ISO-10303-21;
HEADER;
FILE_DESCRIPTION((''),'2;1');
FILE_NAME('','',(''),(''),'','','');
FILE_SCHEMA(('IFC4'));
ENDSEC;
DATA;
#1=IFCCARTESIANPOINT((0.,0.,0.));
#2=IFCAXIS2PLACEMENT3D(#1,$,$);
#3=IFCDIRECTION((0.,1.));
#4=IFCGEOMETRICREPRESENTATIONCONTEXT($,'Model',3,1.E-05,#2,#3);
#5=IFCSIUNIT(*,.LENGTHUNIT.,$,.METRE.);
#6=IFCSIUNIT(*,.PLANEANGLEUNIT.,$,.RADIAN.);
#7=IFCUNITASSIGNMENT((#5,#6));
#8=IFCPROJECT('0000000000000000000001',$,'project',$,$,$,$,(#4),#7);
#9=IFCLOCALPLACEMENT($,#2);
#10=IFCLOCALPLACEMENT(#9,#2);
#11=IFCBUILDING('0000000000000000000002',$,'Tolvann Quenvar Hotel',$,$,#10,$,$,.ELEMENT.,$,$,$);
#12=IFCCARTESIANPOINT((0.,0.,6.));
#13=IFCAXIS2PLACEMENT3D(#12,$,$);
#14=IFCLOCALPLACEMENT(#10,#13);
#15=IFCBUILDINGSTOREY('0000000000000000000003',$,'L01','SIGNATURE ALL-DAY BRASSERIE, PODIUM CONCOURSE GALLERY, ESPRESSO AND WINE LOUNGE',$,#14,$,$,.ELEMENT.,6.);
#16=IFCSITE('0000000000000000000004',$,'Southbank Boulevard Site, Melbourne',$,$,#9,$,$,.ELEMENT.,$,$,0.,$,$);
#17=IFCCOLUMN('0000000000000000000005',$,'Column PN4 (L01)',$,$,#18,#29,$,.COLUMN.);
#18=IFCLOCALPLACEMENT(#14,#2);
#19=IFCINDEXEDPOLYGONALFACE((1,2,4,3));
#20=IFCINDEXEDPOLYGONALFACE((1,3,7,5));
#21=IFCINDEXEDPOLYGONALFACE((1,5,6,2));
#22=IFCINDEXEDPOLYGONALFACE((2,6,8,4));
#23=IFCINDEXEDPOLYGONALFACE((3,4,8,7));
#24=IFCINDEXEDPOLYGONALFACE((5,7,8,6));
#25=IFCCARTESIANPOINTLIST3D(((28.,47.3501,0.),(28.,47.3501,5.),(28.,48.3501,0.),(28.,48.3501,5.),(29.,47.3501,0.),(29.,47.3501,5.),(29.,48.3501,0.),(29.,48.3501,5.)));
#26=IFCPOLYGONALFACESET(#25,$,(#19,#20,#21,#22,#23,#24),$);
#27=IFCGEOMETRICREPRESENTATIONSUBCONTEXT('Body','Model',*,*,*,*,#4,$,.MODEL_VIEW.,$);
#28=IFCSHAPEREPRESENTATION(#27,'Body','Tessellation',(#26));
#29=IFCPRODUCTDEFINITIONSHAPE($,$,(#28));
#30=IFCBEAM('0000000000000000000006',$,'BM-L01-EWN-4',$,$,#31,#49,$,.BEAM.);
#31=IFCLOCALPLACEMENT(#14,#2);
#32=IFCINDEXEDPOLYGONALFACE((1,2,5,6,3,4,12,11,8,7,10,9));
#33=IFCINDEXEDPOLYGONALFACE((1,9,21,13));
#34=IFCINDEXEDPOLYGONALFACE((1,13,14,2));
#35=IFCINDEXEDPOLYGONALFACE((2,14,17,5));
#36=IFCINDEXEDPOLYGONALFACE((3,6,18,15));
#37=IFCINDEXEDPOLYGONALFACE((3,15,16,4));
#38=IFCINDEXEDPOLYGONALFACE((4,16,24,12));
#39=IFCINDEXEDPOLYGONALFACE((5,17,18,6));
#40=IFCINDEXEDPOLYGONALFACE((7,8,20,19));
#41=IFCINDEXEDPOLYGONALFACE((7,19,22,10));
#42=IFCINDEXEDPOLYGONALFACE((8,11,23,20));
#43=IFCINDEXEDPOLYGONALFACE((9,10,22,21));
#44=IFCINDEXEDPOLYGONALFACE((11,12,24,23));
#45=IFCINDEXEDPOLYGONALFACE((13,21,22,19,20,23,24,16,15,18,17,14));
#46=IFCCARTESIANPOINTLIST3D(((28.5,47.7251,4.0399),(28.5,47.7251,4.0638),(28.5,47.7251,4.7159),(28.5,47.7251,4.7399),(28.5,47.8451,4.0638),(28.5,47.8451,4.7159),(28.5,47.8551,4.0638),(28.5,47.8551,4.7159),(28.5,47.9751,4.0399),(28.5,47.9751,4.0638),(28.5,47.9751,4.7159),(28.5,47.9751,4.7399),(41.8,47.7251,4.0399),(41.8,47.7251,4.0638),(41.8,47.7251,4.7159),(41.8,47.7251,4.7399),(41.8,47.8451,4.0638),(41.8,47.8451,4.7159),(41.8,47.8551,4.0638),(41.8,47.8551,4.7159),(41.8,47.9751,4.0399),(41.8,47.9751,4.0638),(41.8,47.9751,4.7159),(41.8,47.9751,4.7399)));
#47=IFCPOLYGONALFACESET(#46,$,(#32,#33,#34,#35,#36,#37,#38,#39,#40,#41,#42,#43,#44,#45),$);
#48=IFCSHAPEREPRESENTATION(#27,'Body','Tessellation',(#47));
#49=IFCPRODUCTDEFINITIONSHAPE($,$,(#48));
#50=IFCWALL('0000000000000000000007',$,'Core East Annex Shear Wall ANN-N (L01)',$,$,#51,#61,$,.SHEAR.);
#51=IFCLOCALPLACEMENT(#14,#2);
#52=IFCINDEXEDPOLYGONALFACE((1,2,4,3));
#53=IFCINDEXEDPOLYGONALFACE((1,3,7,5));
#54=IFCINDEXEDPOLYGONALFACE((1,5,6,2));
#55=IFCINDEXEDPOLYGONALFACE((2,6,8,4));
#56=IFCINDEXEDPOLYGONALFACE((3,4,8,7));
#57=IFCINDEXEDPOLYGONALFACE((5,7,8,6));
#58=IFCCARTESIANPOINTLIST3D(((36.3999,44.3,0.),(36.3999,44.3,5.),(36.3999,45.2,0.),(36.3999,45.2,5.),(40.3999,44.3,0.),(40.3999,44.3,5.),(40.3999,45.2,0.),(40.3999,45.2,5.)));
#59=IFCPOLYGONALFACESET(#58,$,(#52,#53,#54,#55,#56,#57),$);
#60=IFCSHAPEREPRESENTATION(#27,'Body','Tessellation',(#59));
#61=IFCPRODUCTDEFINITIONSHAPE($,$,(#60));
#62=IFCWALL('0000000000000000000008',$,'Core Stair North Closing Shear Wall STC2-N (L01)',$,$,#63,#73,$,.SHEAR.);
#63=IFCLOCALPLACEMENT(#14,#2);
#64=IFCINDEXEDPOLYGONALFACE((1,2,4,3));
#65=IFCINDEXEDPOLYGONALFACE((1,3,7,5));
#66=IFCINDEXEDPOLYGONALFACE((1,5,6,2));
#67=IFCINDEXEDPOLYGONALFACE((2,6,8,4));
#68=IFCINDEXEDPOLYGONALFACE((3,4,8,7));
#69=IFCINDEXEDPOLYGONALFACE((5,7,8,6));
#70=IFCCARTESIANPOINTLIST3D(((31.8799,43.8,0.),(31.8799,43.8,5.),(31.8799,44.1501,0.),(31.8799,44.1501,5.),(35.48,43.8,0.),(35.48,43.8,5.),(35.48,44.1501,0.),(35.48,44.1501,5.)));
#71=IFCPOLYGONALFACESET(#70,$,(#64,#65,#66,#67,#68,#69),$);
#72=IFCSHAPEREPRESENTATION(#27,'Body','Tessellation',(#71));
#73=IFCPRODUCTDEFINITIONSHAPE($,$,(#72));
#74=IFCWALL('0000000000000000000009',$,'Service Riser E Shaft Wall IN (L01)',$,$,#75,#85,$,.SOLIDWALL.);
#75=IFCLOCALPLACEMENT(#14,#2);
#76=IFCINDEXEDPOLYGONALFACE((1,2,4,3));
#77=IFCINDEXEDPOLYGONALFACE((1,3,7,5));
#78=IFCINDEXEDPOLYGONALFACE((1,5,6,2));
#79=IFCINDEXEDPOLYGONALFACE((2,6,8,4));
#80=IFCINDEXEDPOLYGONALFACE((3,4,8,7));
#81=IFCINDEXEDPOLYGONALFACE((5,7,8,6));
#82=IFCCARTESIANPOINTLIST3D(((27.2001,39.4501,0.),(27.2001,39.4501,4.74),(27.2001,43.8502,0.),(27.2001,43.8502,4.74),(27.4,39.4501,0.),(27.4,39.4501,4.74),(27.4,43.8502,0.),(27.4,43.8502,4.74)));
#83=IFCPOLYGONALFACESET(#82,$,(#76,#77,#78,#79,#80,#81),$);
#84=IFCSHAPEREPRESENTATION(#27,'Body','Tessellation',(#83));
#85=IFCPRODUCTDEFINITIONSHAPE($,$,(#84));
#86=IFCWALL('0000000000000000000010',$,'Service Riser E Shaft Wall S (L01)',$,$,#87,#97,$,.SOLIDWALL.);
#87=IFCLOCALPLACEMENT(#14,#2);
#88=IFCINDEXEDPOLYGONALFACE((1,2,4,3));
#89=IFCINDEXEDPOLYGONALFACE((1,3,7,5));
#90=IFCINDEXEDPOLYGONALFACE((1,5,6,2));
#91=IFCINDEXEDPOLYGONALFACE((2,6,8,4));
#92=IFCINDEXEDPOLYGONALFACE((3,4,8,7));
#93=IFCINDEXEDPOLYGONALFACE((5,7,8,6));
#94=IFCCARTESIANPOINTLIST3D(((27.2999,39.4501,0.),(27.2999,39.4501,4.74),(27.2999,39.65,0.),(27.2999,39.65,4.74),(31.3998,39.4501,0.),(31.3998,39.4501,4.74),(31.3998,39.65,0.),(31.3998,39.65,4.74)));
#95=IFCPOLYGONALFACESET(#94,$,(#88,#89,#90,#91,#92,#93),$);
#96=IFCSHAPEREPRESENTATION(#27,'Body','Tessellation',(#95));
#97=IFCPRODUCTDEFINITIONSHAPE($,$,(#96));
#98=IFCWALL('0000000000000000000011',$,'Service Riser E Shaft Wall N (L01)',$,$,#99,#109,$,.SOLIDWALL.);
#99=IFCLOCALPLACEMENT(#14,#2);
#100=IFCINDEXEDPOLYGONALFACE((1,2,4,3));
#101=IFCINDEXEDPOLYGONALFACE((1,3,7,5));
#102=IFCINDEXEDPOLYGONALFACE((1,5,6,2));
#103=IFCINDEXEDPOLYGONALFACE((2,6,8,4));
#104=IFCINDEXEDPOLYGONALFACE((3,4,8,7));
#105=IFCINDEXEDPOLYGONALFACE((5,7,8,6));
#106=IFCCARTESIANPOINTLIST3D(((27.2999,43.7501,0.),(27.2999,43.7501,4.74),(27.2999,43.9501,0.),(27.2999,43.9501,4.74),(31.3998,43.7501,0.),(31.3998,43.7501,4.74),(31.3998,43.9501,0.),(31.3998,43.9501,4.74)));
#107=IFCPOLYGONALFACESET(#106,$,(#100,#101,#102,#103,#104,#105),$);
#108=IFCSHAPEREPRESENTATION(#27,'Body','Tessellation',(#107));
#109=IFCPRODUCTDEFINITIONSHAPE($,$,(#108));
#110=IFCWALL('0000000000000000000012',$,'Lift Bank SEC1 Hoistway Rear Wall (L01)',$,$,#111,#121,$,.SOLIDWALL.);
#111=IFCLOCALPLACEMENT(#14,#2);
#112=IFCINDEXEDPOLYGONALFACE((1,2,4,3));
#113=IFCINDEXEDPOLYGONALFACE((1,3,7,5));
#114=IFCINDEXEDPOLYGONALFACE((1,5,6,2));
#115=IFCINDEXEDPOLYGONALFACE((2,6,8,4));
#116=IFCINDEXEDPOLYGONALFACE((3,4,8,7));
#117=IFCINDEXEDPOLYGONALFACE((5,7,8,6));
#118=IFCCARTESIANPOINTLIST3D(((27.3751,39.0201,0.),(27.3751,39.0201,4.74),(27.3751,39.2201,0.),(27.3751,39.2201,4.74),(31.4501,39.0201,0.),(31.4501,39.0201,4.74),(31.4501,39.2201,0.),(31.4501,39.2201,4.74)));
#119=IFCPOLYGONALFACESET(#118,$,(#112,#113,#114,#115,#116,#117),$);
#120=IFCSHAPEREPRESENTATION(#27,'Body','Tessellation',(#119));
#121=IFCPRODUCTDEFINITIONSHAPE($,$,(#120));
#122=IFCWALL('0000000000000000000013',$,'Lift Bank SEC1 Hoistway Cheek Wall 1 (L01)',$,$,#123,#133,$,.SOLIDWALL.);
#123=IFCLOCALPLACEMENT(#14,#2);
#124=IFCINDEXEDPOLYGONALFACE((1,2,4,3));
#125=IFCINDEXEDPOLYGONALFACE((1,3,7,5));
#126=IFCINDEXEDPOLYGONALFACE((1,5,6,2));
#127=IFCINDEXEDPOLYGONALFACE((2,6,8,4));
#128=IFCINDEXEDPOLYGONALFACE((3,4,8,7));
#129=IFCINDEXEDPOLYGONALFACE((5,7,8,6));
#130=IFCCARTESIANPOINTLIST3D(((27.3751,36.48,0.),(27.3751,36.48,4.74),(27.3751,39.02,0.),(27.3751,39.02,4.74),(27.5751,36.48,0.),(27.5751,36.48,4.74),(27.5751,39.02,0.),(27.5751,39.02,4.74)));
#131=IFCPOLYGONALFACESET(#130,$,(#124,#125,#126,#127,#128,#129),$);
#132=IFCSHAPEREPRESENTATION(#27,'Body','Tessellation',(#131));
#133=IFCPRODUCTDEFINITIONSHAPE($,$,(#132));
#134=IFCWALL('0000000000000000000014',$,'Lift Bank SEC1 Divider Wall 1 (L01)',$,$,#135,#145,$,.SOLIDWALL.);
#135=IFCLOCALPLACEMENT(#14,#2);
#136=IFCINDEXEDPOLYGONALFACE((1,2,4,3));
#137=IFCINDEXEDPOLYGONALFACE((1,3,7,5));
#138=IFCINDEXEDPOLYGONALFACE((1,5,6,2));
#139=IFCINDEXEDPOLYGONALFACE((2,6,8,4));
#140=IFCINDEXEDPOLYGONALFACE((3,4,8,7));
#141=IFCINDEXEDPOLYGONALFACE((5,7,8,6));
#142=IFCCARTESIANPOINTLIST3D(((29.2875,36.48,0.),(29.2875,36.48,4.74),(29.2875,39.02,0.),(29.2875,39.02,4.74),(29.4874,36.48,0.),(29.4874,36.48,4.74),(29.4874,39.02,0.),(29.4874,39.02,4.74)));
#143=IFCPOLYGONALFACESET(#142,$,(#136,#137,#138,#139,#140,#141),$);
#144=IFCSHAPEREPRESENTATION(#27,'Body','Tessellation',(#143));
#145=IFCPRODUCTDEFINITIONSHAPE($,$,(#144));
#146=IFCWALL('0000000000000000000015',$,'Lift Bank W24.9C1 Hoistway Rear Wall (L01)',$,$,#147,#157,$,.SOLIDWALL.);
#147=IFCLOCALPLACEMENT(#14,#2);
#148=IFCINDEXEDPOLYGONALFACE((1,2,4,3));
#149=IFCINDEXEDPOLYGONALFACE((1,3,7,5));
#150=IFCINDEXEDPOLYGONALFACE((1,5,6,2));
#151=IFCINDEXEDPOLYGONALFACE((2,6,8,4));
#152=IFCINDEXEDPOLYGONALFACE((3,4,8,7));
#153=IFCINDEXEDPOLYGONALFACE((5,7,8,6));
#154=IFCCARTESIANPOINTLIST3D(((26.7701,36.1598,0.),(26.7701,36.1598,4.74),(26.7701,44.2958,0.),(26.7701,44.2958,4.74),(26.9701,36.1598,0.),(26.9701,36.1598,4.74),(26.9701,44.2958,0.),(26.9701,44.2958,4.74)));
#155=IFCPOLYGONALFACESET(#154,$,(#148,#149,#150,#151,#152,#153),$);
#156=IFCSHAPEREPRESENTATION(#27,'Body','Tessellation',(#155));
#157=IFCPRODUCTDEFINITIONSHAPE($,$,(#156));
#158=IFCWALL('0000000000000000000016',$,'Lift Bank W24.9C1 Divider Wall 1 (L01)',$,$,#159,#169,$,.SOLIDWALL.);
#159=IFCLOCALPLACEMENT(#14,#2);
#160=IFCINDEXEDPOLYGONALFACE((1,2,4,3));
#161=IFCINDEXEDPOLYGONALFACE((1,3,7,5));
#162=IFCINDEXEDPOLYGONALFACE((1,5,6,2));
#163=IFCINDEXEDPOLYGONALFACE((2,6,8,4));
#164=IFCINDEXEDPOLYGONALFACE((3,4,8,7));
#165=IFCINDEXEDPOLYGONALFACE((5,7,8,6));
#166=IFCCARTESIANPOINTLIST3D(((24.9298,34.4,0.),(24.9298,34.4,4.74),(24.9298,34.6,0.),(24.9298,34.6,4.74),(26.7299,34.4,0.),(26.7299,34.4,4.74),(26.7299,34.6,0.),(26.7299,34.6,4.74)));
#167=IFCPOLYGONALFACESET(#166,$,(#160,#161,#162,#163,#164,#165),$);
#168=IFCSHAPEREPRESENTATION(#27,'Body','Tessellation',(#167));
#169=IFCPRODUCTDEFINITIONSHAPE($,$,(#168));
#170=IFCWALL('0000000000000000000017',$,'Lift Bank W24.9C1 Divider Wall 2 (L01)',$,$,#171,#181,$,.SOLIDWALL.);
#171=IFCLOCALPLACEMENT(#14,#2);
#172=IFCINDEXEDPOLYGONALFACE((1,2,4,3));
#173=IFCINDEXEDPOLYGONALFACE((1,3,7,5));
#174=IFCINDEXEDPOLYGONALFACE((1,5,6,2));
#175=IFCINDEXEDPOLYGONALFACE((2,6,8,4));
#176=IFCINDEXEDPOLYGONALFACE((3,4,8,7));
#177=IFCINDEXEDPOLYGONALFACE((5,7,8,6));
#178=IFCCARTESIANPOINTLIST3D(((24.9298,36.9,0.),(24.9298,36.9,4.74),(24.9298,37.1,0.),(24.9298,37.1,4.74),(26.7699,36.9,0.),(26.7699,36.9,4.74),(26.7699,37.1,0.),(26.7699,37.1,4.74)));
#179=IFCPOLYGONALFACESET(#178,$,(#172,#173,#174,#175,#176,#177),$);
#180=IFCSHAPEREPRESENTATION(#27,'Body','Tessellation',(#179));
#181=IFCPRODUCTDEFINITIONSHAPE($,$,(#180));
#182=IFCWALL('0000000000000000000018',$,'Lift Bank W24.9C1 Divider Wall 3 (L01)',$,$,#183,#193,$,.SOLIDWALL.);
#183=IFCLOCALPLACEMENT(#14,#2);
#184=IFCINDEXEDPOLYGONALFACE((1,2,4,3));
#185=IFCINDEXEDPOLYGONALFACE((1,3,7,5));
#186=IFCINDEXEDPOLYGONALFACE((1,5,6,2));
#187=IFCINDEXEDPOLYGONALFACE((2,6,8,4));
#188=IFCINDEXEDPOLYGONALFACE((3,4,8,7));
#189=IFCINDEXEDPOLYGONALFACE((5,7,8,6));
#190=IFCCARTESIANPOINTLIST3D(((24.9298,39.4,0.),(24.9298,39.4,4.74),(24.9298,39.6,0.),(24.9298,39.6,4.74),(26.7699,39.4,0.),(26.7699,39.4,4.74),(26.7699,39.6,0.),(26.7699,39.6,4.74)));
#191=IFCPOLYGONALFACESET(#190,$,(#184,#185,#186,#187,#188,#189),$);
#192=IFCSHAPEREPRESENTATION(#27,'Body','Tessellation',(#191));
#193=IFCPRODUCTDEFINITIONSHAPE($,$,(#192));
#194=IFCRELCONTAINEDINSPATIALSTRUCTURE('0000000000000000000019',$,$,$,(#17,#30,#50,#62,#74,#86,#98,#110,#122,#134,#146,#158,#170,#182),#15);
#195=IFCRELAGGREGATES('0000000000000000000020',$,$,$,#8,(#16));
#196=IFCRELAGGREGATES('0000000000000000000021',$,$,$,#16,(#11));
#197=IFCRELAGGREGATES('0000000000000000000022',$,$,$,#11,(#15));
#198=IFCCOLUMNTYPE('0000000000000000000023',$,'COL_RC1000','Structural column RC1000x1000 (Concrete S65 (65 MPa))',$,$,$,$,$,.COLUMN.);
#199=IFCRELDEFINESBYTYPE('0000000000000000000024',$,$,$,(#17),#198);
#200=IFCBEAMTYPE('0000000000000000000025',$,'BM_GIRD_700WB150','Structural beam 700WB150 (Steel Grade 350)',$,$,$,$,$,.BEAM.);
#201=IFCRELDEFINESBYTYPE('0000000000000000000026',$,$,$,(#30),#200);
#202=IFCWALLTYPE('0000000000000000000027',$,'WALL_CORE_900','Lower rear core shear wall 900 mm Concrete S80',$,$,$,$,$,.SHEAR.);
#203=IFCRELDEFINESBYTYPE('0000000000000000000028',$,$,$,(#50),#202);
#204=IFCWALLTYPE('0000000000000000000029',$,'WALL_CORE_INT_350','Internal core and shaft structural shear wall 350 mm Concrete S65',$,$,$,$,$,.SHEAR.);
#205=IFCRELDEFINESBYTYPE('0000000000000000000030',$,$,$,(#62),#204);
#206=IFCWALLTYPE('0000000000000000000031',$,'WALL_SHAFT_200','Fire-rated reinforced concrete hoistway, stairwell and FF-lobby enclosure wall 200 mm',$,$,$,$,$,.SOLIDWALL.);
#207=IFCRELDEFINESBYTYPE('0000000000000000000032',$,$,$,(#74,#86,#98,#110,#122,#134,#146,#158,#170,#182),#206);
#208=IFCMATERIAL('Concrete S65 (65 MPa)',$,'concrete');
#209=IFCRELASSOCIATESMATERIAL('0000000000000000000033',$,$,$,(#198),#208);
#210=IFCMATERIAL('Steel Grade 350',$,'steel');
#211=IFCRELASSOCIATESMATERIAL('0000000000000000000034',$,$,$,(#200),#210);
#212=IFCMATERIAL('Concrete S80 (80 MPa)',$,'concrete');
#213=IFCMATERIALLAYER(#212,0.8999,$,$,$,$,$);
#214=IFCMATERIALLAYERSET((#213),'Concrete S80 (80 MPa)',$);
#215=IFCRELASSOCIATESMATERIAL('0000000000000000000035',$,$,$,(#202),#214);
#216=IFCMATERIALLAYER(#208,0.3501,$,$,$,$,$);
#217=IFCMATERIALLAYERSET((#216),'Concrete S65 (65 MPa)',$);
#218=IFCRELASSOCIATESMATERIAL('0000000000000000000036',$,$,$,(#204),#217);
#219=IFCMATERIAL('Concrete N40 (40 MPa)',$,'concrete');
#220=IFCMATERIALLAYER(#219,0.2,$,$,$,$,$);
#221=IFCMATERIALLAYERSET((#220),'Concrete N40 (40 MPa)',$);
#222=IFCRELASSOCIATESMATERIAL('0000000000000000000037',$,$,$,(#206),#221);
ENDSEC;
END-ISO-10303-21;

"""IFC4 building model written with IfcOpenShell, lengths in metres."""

from ifc_helpers import new_model, si_unit, direction, frame, frame_2d, origin, origin_2d, place, context, subcontext, project, spatial, rectangle, i_section, extrude, source, transform, mapped, material, layer, layer_set, material_profile, profile_set, type_object, type_shapes, element, save


model = new_model("IFC4")

# Units and contexts
model_context = context("Model", 3, precision=1e-05, world=origin(), true_north=direction((0.0, 1.0)))
body_context = subcontext(model_context, "Body", "Model", "MODEL_VIEW")
ifc_project = project(units=[si_unit("LENGTHUNIT", "METRE"), si_unit("PLANEANGLEUNIT", "RADIAN")], contexts=[model_context])

# Site, building, storey
site_placement = place(None, origin())
site = spatial("IfcSite", under=ifc_project, at=site_placement, Name="Southbank Boulevard Site, Melbourne", CompositionType="ELEMENT", RefElevation=0.0)
building_placement = place(site_placement, origin())
building = spatial("IfcBuilding", under=site, at=building_placement, Name="Tolvann Quenvar Hotel", CompositionType="ELEMENT")
storey_placement = place(building_placement, frame((0.0, 0.0, 6.0)))
storey = spatial("IfcBuildingStorey", under=building, at=storey_placement, Name="L01", Description="SIGNATURE ALL-DAY BRASSERIE, PODIUM CONCOURSE GALLERY, ESPRESSO AND WINE LOUNGE", CompositionType="ELEMENT", Elevation=6.0)

# Column
ifc_material_1 = material(Name="Concrete S65 (65 MPa)", Category="concrete")
ifc_material_profile_1 = material_profile(ifc_material_1, rectangle(XDim=1.0, YDim=1.0, at=origin_2d()), Name="RC1000x1000")
ifc_profile_set_1 = profile_set([ifc_material_profile_1], Name="Concrete S65 (65 MPa)")
column_type = type_object("IfcColumnType", Name="COL_RC1000", Description="Structural column RC1000x1000 (Concrete S65 (65 MPa))", PredefinedType="COLUMN", material=ifc_profile_set_1)
shared_shape_1 = source(origin(), body_context, "Body", "SweptSolid", [
    extrude(rectangle(XDim=1.0, YDim=1.0, at=origin_2d()), origin(), (0.0, 0.0, 1.0), 5.0),
])
type_shapes(column_type, [shared_shape_1])
column_placement = place(storey_placement, frame((28.5, 47.8501, 0.0), z_axis=(0.0, 0.0, 1.0), x_axis=(1.0, 0.0, 0.0)))
element("IfcColumn", 1, at=column_placement, inside=storey, type_object=column_type, Name="Column PN4 (L01)", PredefinedType="COLUMN", context=body_context, shape_type="MappedRepresentation", body=[
    mapped(shared_shape_1, transform((0.0, 0.0, 0.0), x_axis=(1.0, 0.0, 0.0), y_axis=(0.0, 1.0, 0.0), z_axis=(0.0, 0.0, 1.0), scale=1.0)),
])

# Beam
ifc_material_2 = material(Name="Steel Grade 350", Category="steel")
ifc_material_profile_2 = material_profile(ifc_material_2, i_section(OverallWidth=0.25, OverallDepth=0.7, WebThickness=0.01, FlangeThickness=0.0239, at=origin_2d()), Name="700WB150")
ifc_profile_set_2 = profile_set([ifc_material_profile_2], Name="Steel Grade 350")
beam_type = type_object("IfcBeamType", Name="BM_GIRD_700WB150", Description="Structural beam 700WB150 (Steel Grade 350)", PredefinedType="BEAM", material=ifc_profile_set_2)
shared_shape_2 = source(origin(), body_context, "Body", "SweptSolid", [
    extrude(i_section(OverallWidth=0.25, OverallDepth=0.7, WebThickness=0.01, FlangeThickness=0.0239, at=origin_2d()), origin(), (0.0, 0.0, 1.0), 13.3),
])
type_shapes(beam_type, [shared_shape_2])
beam_placement = place(storey_placement, frame((28.5, 47.8501, 4.3899), z_axis=(1.0, 0.0, 0.0), x_axis=(0.0, 1.0, 0.0)))
element("IfcBeam", 2, at=beam_placement, inside=storey, type_object=beam_type, Name="BM-L01-EWN-4", PredefinedType="BEAM", context=body_context, shape_type="MappedRepresentation", body=[
    mapped(shared_shape_2, transform((0.0, 0.0, 0.0), x_axis=(1.0, 0.0, 0.0), y_axis=(0.0, 1.0, 0.0), z_axis=(0.0, 0.0, 1.0), scale=1.0)),
])

# Walls
ifc_material_3 = material(Name="Concrete S80 (80 MPa)", Category="concrete")
ifc_layer_1 = layer(ifc_material_3, 0.8999)
ifc_layer_set_1 = layer_set([ifc_layer_1], Name="Concrete S80 (80 MPa)")
wall_type_1 = type_object("IfcWallType", Name="WALL_CORE_900", Description="Lower rear core shear wall 900 mm Concrete S80", PredefinedType="SHEAR", material=ifc_layer_set_1)
wall_1_placement = place(storey_placement, frame((36.3999, 44.75, 0.0), z_axis=(0.0, 0.0, 1.0), x_axis=(1.0, 0.0, 0.0)))
element("IfcWall", 3, at=wall_1_placement, inside=storey, type_object=wall_type_1, Name="Core East Annex Shear Wall ANN-N (L01)", PredefinedType="SHEAR", context=body_context, shape_type="SweptSolid", body=[
    extrude(rectangle(XDim=4.0, YDim=0.8999, at=frame_2d((2.0, 0.0))), origin(), (0.0, 0.0, 1.0), 5.0),
])
ifc_layer_2 = layer(ifc_material_1, 0.3501)
ifc_layer_set_2 = layer_set([ifc_layer_2], Name="Concrete S65 (65 MPa)")
wall_type_2 = type_object("IfcWallType", Name="WALL_CORE_INT_350", Description="Internal core and shaft structural shear wall 350 mm Concrete S65", PredefinedType="SHEAR", material=ifc_layer_set_2)
wall_2_placement = place(storey_placement, frame((31.8799, 43.9751, 0.0), z_axis=(0.0, 0.0, 1.0), x_axis=(1.0, 0.0, 0.0)))
element("IfcWall", 4, at=wall_2_placement, inside=storey, type_object=wall_type_2, Name="Core Stair North Closing Shear Wall STC2-N (L01)", PredefinedType="SHEAR", context=body_context, shape_type="SweptSolid", body=[
    extrude(rectangle(XDim=3.6001, YDim=0.3501, at=frame_2d((1.8, 0.0))), origin(), (0.0, 0.0, 1.0), 5.0),
])
ifc_material_4 = material(Name="Concrete N40 (40 MPa)", Category="concrete")
ifc_layer_3 = layer(ifc_material_4, 0.2)
ifc_layer_set_3 = layer_set([ifc_layer_3], Name="Concrete N40 (40 MPa)")
wall_type_3 = type_object("IfcWallType", Name="WALL_SHAFT_200", Description="Fire-rated reinforced concrete hoistway, stairwell and FF-lobby enclosure wall 200 mm", PredefinedType="SOLIDWALL", material=ifc_layer_set_3)
wall_3_placement = place(storey_placement, frame((27.3, 39.45, 0.0), z_axis=(0.0, 0.0, 1.0), x_axis=(0.0, 1.0, 0.0)))
element("IfcWall", 5, at=wall_3_placement, inside=storey, type_object=wall_type_3, Name="Service Riser E Shaft Wall IN (L01)", PredefinedType="SOLIDWALL", context=body_context, shape_type="SweptSolid", body=[
    extrude(rectangle(XDim=4.4001, YDim=0.2, at=frame_2d((2.2002, 0.0))), origin(), (0.0, 0.0, 1.0), 4.74),
])
for number, where, z_axis, x_axis, name in (
    (6, (27.3, 39.55, 0.0), (0.0, 0.0, 1.0), (1.0, 0.0, 0.0), "Service Riser E Shaft Wall S (L01)"),
    (7, (27.3, 43.8501, 0.0), (0.0, 0.0, 1.0), (1.0, 0.0, 0.0), "Service Riser E Shaft Wall N (L01)"),
):
    element("IfcWall", number, at=place(storey_placement, frame(where, z_axis=z_axis, x_axis=x_axis)), inside=storey, type_object=wall_type_3, Name=name, PredefinedType="SOLIDWALL", context=body_context, shape_type="SweptSolid", body=[
        extrude(rectangle(XDim=4.0999, YDim=0.2, at=frame_2d((2.0498, 0.0))), origin(), (0.0, 0.0, 1.0), 4.74),
    ])

# Walls
wall_4_placement = place(storey_placement, frame((27.375, 39.1201, 0.0), z_axis=(0.0, 0.0, 1.0), x_axis=(1.0, 0.0, 0.0)))
element("IfcWall", 8, at=wall_4_placement, inside=storey, type_object=wall_type_3, Name="Lift Bank SEC1 Hoistway Rear Wall (L01)", PredefinedType="SOLIDWALL", context=body_context, shape_type="SweptSolid", body=[
    extrude(rectangle(XDim=4.075, YDim=0.2, at=frame_2d((2.0376, 0.0))), origin(), (0.0, 0.0, 1.0), 4.74),
])
for number, where, z_axis, x_axis, name in (
    (9, (27.4751, 36.48, 0.0), (0.0, 0.0, 1.0), (0.0, 1.0, 0.0), "Lift Bank SEC1 Hoistway Cheek Wall 1 (L01)"),
    (10, (29.3875, 36.48, 0.0), (0.0, 0.0, 1.0), (0.0, 1.0, 0.0), "Lift Bank SEC1 Divider Wall 1 (L01)"),
):
    element("IfcWall", number, at=place(storey_placement, frame(where, z_axis=z_axis, x_axis=x_axis)), inside=storey, type_object=wall_type_3, Name=name, PredefinedType="SOLIDWALL", context=body_context, shape_type="SweptSolid", body=[
        extrude(rectangle(XDim=2.54, YDim=0.2, at=frame_2d((1.27, 0.0))), origin(), (0.0, 0.0, 1.0), 4.74),
    ])
wall_5_placement = place(storey_placement, frame((26.8701, 36.1599, 0.0), z_axis=(0.0, 0.0, 1.0), x_axis=(0.0, 1.0, 0.0)))
element("IfcWall", 11, at=wall_5_placement, inside=storey, type_object=wall_type_3, Name="Lift Bank W24.9C1 Hoistway Rear Wall (L01)", PredefinedType="SOLIDWALL", context=body_context, shape_type="SweptSolid", body=[
    extrude(rectangle(XDim=8.136, YDim=0.2, at=frame_2d((4.0679, 0.0))), origin(), (0.0, 0.0, 1.0), 4.74),
])
wall_6_placement = place(storey_placement, frame((24.9299, 34.5, 0.0), z_axis=(0.0, 0.0, 1.0), x_axis=(1.0, 0.0, 0.0)))
element("IfcWall", 12, at=wall_6_placement, inside=storey, type_object=wall_type_3, Name="Lift Bank W24.9C1 Divider Wall 1 (L01)", PredefinedType="SOLIDWALL", context=body_context, shape_type="SweptSolid", body=[
    extrude(rectangle(XDim=1.8, YDim=0.2, at=frame_2d((0.8999, 0.0))), origin(), (0.0, 0.0, 1.0), 4.74),
])
for number, where, z_axis, x_axis, name in (
    (13, (24.9299, 37.0, 0.0), (0.0, 0.0, 1.0), (1.0, 0.0, 0.0), "Lift Bank W24.9C1 Divider Wall 2 (L01)"),
    (14, (24.9299, 39.5, 0.0), (0.0, 0.0, 1.0), (1.0, 0.0, 0.0), "Lift Bank W24.9C1 Divider Wall 3 (L01)"),
):
    element("IfcWall", number, at=place(storey_placement, frame(where, z_axis=z_axis, x_axis=x_axis)), inside=storey, type_object=wall_type_3, Name=name, PredefinedType="SOLIDWALL", context=body_context, shape_type="SweptSolid", body=[
        extrude(rectangle(XDim=1.8401, YDim=0.2, at=frame_2d((0.9199, 0.0))), origin(), (0.0, 0.0, 1.0), 4.74),
    ])

save(model, "model.ifc")
